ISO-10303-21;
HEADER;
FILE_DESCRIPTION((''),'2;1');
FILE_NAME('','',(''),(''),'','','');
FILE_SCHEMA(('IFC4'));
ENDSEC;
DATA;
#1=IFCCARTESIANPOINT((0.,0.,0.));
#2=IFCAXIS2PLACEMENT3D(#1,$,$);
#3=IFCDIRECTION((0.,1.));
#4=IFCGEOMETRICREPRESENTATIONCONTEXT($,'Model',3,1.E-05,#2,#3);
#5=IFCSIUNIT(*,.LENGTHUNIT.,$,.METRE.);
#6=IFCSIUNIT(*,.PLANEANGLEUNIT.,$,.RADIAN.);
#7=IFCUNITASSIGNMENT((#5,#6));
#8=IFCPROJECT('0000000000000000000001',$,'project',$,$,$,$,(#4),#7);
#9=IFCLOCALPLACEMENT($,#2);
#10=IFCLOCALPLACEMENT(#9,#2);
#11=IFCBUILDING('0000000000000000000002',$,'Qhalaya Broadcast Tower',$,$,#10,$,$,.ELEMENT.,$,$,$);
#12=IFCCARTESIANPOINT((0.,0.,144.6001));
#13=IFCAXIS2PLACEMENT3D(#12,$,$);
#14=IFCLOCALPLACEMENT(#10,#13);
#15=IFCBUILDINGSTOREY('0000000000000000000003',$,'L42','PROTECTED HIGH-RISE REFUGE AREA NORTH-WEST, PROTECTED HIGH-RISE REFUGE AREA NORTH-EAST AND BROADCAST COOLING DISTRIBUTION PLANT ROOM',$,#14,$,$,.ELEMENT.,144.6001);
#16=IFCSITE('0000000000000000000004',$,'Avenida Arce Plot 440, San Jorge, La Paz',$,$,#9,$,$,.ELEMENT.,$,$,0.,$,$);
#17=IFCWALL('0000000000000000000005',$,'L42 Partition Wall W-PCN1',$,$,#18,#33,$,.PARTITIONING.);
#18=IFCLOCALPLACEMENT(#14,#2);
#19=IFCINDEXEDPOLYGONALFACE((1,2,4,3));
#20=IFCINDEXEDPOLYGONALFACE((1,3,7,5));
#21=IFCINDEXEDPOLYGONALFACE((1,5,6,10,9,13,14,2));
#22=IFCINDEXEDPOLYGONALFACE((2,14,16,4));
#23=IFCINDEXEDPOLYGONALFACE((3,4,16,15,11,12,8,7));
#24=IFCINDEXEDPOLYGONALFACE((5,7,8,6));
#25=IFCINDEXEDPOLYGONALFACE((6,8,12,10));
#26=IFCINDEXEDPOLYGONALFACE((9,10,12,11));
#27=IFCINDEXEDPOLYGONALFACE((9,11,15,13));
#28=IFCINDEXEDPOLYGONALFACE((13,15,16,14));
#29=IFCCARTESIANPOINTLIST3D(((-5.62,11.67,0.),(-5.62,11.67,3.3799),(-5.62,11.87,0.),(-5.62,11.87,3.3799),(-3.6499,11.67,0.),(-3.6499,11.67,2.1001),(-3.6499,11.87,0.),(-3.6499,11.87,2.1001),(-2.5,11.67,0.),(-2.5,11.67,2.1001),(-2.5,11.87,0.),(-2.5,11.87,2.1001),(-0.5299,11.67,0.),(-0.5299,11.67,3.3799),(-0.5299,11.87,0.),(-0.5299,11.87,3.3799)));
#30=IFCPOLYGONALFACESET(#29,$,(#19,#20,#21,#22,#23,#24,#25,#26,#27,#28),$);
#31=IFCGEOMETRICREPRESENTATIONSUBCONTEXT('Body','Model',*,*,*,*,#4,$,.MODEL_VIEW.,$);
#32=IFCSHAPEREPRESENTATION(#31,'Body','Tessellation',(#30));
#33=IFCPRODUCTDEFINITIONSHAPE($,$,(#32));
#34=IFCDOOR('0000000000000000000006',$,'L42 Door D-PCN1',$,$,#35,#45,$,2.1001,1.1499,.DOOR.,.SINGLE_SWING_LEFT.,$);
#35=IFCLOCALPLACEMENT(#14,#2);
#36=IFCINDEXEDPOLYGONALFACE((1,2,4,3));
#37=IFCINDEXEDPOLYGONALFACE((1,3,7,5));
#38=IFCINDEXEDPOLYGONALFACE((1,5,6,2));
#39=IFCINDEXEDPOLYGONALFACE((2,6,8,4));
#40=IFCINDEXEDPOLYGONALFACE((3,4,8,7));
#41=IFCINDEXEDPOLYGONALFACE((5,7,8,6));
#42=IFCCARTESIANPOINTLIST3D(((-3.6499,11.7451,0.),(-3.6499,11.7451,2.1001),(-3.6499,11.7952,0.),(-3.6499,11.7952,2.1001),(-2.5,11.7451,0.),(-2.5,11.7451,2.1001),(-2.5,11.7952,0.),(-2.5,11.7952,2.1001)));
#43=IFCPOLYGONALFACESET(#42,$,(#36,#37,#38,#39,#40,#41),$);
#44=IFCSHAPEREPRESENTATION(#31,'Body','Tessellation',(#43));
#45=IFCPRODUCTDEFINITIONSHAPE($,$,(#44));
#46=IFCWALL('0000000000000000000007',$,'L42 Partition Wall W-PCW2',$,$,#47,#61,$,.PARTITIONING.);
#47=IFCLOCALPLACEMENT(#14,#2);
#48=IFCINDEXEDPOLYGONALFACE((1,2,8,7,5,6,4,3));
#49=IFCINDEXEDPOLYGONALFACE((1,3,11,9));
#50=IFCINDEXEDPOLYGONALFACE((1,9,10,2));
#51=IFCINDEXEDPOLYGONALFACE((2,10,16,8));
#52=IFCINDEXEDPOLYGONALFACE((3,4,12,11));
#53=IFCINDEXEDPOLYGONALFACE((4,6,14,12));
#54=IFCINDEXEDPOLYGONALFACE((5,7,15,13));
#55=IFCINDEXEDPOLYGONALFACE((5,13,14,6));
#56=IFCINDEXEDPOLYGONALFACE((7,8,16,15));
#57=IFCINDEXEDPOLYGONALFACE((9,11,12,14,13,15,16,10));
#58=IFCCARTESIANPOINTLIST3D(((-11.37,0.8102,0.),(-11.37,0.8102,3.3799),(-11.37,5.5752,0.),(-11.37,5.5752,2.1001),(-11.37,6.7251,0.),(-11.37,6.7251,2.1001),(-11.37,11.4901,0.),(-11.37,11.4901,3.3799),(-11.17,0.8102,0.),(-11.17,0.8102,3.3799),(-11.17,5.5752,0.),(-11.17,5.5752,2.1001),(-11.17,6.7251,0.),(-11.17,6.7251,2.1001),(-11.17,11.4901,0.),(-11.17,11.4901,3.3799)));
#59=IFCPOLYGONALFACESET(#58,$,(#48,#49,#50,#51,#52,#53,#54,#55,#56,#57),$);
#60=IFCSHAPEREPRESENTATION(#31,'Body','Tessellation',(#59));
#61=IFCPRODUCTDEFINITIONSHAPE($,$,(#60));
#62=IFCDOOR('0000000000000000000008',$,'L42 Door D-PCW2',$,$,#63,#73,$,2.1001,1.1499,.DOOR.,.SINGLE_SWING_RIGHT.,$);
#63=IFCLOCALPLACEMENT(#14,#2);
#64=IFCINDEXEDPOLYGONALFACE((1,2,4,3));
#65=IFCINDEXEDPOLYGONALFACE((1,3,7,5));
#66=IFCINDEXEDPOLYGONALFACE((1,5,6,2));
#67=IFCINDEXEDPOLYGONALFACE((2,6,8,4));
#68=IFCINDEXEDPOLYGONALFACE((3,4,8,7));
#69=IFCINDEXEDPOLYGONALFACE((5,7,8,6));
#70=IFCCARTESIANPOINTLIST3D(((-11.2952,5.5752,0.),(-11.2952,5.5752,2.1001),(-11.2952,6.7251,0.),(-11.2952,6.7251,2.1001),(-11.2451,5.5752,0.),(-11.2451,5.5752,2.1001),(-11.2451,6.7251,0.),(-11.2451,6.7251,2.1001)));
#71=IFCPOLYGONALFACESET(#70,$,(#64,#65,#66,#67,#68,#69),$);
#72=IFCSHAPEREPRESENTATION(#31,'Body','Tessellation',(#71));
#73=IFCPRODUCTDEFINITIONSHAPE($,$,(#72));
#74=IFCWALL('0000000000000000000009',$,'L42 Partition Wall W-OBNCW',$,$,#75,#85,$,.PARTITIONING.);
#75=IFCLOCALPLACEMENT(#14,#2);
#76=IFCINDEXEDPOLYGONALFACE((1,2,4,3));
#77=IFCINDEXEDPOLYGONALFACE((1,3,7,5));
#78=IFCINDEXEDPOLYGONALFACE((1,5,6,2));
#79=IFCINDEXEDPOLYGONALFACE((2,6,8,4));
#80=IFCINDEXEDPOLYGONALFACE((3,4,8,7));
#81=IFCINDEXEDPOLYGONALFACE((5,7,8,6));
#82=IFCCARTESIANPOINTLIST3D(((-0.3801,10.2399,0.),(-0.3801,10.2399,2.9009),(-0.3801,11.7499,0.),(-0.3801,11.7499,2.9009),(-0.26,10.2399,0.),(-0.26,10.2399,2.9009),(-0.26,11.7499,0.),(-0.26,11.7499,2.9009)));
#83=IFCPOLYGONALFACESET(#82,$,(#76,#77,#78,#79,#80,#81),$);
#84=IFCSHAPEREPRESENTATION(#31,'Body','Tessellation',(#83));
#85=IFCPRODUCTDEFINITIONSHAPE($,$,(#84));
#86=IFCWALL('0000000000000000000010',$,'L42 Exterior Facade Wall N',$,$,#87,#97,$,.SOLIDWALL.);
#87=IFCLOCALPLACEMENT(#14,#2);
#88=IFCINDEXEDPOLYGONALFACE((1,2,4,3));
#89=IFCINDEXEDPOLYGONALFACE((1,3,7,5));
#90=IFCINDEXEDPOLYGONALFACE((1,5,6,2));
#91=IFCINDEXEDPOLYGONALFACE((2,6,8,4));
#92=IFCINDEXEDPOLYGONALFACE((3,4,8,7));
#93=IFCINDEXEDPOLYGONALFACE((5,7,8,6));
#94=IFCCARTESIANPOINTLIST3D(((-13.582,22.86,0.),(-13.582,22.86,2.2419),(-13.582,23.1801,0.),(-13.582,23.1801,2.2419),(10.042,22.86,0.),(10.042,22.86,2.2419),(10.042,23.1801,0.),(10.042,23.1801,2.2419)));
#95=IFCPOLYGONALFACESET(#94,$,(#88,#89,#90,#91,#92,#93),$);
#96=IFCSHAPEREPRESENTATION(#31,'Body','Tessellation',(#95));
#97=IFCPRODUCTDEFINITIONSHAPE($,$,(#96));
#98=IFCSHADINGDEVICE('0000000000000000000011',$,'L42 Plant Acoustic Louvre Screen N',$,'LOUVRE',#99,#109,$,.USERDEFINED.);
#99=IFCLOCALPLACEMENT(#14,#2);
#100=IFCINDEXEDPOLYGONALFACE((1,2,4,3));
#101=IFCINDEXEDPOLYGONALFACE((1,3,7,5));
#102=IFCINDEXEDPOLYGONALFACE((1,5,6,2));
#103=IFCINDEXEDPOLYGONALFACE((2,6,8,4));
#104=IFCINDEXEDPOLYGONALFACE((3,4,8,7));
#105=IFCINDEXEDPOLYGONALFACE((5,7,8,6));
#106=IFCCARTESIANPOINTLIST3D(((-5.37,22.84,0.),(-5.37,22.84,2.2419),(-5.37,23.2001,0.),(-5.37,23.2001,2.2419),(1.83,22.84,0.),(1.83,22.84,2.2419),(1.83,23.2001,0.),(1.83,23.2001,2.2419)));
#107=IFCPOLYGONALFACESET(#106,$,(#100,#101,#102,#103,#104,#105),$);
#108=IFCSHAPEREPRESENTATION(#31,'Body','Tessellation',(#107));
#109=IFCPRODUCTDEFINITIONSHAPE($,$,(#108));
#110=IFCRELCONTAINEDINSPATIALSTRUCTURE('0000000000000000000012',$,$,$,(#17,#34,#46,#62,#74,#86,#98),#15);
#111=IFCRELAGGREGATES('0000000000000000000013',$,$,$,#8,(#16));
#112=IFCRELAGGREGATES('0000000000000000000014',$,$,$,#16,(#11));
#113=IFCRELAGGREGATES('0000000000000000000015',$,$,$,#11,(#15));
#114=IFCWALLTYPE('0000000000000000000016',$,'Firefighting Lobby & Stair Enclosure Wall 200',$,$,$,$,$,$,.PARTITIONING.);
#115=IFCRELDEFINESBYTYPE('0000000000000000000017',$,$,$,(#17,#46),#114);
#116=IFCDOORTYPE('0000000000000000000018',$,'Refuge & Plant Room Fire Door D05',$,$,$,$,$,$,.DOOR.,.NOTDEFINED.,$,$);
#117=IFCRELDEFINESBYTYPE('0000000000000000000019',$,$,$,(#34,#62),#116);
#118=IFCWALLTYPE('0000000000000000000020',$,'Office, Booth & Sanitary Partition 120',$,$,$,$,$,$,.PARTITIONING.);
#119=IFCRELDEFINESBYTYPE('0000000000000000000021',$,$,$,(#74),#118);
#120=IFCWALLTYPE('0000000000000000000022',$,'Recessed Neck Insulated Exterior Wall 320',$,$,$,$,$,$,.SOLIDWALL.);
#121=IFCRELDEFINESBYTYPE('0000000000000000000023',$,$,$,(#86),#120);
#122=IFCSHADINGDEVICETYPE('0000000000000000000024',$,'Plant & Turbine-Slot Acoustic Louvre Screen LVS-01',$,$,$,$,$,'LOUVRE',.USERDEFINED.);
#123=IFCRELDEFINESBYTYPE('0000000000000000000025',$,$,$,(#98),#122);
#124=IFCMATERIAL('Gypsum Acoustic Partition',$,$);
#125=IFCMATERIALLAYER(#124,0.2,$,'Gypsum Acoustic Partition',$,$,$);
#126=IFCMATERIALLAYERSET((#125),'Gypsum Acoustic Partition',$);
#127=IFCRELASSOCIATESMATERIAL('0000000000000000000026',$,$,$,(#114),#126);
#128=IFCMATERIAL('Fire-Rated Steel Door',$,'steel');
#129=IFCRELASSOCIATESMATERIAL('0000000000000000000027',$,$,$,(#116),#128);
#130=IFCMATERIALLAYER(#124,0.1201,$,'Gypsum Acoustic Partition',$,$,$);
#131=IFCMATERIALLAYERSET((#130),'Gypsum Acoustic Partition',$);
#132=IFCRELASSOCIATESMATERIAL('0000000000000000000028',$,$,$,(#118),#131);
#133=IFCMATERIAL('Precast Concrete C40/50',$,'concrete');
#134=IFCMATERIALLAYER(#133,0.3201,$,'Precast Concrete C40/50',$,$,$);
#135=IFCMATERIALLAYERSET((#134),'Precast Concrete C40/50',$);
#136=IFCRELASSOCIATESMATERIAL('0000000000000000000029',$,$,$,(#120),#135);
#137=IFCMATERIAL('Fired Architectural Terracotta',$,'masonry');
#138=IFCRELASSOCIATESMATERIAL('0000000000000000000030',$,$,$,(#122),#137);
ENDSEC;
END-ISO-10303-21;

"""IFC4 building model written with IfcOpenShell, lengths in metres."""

from ifc_helpers import new_model, si_unit, direction, frame, frame_2d, origin, origin_2d, place, context, subcontext, project, spatial, rectangle, extrude, material, layer, layer_set, type_object, element, fill, save


model = new_model("IFC4")

# Units and contexts
model_context = context("Model", 3, precision=1e-05, world=origin(), true_north=direction((0.0, 1.0)))
body_context = subcontext(model_context, "Body", "Model", "MODEL_VIEW")
ifc_project = project(units=[si_unit("LENGTHUNIT", "METRE"), si_unit("PLANEANGLEUNIT", "RADIAN")], contexts=[model_context])

# Site, building, storey
site_placement = place(None, origin())
site = spatial("IfcSite", under=ifc_project, at=site_placement, Name="Avenida Arce Plot 440, San Jorge, La Paz", CompositionType="ELEMENT", RefElevation=0.0)
building_placement = place(site_placement, origin())
building = spatial("IfcBuilding", under=site, at=building_placement, Name="Qhalaya Broadcast Tower", CompositionType="ELEMENT")
storey_placement = place(building_placement, frame((0.0, 0.0, 144.6001)))
storey = spatial("IfcBuildingStorey", under=building, at=storey_placement, Name="L42", Description="PROTECTED HIGH-RISE REFUGE AREA NORTH-WEST, PROTECTED HIGH-RISE REFUGE AREA NORTH-EAST AND BROADCAST COOLING DISTRIBUTION PLANT ROOM", CompositionType="ELEMENT", Elevation=144.6001)

# Shared definitions
ifc_material_1 = material(Name="Gypsum Acoustic Partition")
ifc_layer_1 = layer(ifc_material_1, 0.2, Name="Gypsum Acoustic Partition")
ifc_layer_set_1 = layer_set([ifc_layer_1], Name="Gypsum Acoustic Partition")
wall_type_1 = type_object("IfcWallType", Name="Firefighting Lobby & Stair Enclosure Wall 200", PredefinedType="PARTITIONING", material=ifc_layer_set_1)
ifc_material_2 = material(Name="Fire-Rated Steel Door", Category="steel")
door_type = type_object("IfcDoorType", Name="Refuge & Plant Room Fire Door D05", OperationType="NOTDEFINED", PredefinedType="DOOR", material=ifc_material_2)

# Walls, openings, doors
wall_1_placement = place(storey_placement, frame((-0.53, 11.77, 0.0), z_axis=(0.0, 0.0, 1.0), x_axis=(-1.0, 0.0, 0.0)))
wall_1 = element("IfcWall", 1, at=wall_1_placement, inside=storey, type_object=wall_type_1, Name="L42 Partition Wall W-PCN1", PredefinedType="PARTITIONING", context=body_context, shape_type="SweptSolid", body=[
    extrude(rectangle(XDim=5.0901, YDim=0.2, at=frame_2d((2.5449, 0.0))), origin(), (0.0, 0.0, 1.0), 3.3799),
])
opening_1_placement = place(wall_1_placement, frame((1.97, 0.0, 0.0)))
opening_1 = element("IfcOpeningElement", 2, at=opening_1_placement, cuts=wall_1, PredefinedType="OPENING", context=body_context, shape_type="SweptSolid", body=[
    extrude(rectangle(XDim=1.1499, YDim=2.1001, at=frame_2d((0.575, 1.05))), frame((0.0, 0.1121, 0.0), z_axis=(0.0, -1.0, 0.0), x_axis=(1.0, 0.0, 0.0)), (0.0, 0.0, 1.0), 0.2239),
])
door_1_placement = place(opening_1_placement, origin())
door_1 = element("IfcDoor", 3, at=door_1_placement, inside=storey, type_object=door_type, Name="L42 Door D-PCN1", OperationType="SINGLE_SWING_LEFT", OverallHeight=2.1001, OverallWidth=1.1499, PredefinedType="DOOR", context=body_context, shape_type="SweptSolid", body=[
    extrude(rectangle(XDim=1.1499, YDim=2.1001, at=frame_2d((0.575, 1.05))), frame((0.0, 0.0249, 0.0), z_axis=(0.0, -1.0, 0.0), x_axis=(1.0, 0.0, 0.0)), (0.0, 0.0, 1.0), 0.05),
])
fill(opening_1, door_1)
wall_2_placement = place(storey_placement, frame((-11.27, 11.49, 0.0), z_axis=(0.0, 0.0, 1.0), x_axis=(0.0, -1.0, 0.0)))
wall_2 = element("IfcWall", 4, at=wall_2_placement, inside=storey, type_object=wall_type_1, Name="L42 Partition Wall W-PCW2", PredefinedType="PARTITIONING", context=body_context, shape_type="SweptSolid", body=[
    extrude(rectangle(XDim=10.6799, YDim=0.2, at=frame_2d((5.3398, 0.0))), origin(), (0.0, 0.0, 1.0), 3.3799),
])
opening_2_placement = place(wall_2_placement, frame((4.7649, 0.0, 0.0)))
opening_2 = element("IfcOpeningElement", 5, at=opening_2_placement, cuts=wall_2, PredefinedType="OPENING", context=body_context, shape_type="SweptSolid", body=[
    extrude(rectangle(XDim=1.1499, YDim=2.1001, at=frame_2d((0.575, 1.05))), frame((0.0, 0.1121, 0.0), z_axis=(0.0, -1.0, 0.0), x_axis=(1.0, 0.0, 0.0)), (0.0, 0.0, 1.0), 0.2239),
])
door_2_placement = place(opening_2_placement, origin())
door_2 = element("IfcDoor", 6, at=door_2_placement, inside=storey, type_object=door_type, Name="L42 Door D-PCW2", OperationType="SINGLE_SWING_RIGHT", OverallHeight=2.1001, OverallWidth=1.1499, PredefinedType="DOOR", context=body_context, shape_type="SweptSolid", body=[
    extrude(rectangle(XDim=1.1499, YDim=2.1001, at=frame_2d((0.575, 1.05))), frame((0.0, 0.0249, 0.0), z_axis=(0.0, -1.0, 0.0), x_axis=(1.0, 0.0, 0.0)), (0.0, 0.0, 1.0), 0.05),
])
fill(opening_2, door_2)

# Walls
ifc_layer_2 = layer(ifc_material_1, 0.1201, Name="Gypsum Acoustic Partition")
ifc_layer_set_2 = layer_set([ifc_layer_2], Name="Gypsum Acoustic Partition")
wall_type_2 = type_object("IfcWallType", Name="Office, Booth & Sanitary Partition 120", PredefinedType="PARTITIONING", material=ifc_layer_set_2)
wall_3_placement = place(storey_placement, frame((-0.3201, 10.24, 0.0), z_axis=(0.0, 0.0, 1.0), x_axis=(0.0, 1.0, 0.0)))
element("IfcWall", 7, at=wall_3_placement, inside=storey, type_object=wall_type_2, Name="L42 Partition Wall W-OBNCW", PredefinedType="PARTITIONING", context=body_context, shape_type="SweptSolid", body=[
    extrude(rectangle(XDim=1.51, YDim=0.1201, at=frame_2d((0.7549, 0.0))), origin(), (0.0, 0.0, 1.0), 2.9009),
])
ifc_material_3 = material(Name="Precast Concrete C40/50", Category="concrete")
ifc_layer_3 = layer(ifc_material_3, 0.3201, Name="Precast Concrete C40/50")
ifc_layer_set_3 = layer_set([ifc_layer_3], Name="Precast Concrete C40/50")
wall_type_3 = type_object("IfcWallType", Name="Recessed Neck Insulated Exterior Wall 320", PredefinedType="SOLIDWALL", material=ifc_layer_set_3)
wall_4_placement = place(storey_placement, frame((-13.582, 23.02, 0.0), z_axis=(0.0, 0.0, 1.0), x_axis=(1.0, 0.0, 0.0)))
element("IfcWall", 8, at=wall_4_placement, inside=storey, type_object=wall_type_3, Name="L42 Exterior Facade Wall N", PredefinedType="SOLIDWALL", context=body_context, shape_type="SweptSolid", body=[
    extrude(rectangle(XDim=23.624, YDim=0.3201, at=frame_2d((11.812, 0.0))), origin(), (0.0, 0.0, 1.0), 2.2419),
])

# Shading device
ifc_material_4 = material(Name="Fired Architectural Terracotta", Category="masonry")
shading_device_type = type_object("IfcShadingDeviceType", Name="Plant & Turbine-Slot Acoustic Louvre Screen LVS-01", ElementType="LOUVRE", PredefinedType="USERDEFINED", material=ifc_material_4)
shading_device_placement = place(storey_placement, frame((-1.77, 23.02, 0.0), z_axis=(0.0, 0.0, 1.0), x_axis=(1.0, 0.0, 0.0)))
element("IfcShadingDevice", 9, at=shading_device_placement, inside=storey, type_object=shading_device_type, Name="L42 Plant Acoustic Louvre Screen N", ObjectType="LOUVRE", PredefinedType="USERDEFINED", context=body_context, shape_type="SweptSolid", body=[
    extrude(rectangle(XDim=7.2, YDim=0.3601, at=origin_2d()), origin(), (0.0, 0.0, 1.0), 2.2419),
])

save(model, "model.ifc")
